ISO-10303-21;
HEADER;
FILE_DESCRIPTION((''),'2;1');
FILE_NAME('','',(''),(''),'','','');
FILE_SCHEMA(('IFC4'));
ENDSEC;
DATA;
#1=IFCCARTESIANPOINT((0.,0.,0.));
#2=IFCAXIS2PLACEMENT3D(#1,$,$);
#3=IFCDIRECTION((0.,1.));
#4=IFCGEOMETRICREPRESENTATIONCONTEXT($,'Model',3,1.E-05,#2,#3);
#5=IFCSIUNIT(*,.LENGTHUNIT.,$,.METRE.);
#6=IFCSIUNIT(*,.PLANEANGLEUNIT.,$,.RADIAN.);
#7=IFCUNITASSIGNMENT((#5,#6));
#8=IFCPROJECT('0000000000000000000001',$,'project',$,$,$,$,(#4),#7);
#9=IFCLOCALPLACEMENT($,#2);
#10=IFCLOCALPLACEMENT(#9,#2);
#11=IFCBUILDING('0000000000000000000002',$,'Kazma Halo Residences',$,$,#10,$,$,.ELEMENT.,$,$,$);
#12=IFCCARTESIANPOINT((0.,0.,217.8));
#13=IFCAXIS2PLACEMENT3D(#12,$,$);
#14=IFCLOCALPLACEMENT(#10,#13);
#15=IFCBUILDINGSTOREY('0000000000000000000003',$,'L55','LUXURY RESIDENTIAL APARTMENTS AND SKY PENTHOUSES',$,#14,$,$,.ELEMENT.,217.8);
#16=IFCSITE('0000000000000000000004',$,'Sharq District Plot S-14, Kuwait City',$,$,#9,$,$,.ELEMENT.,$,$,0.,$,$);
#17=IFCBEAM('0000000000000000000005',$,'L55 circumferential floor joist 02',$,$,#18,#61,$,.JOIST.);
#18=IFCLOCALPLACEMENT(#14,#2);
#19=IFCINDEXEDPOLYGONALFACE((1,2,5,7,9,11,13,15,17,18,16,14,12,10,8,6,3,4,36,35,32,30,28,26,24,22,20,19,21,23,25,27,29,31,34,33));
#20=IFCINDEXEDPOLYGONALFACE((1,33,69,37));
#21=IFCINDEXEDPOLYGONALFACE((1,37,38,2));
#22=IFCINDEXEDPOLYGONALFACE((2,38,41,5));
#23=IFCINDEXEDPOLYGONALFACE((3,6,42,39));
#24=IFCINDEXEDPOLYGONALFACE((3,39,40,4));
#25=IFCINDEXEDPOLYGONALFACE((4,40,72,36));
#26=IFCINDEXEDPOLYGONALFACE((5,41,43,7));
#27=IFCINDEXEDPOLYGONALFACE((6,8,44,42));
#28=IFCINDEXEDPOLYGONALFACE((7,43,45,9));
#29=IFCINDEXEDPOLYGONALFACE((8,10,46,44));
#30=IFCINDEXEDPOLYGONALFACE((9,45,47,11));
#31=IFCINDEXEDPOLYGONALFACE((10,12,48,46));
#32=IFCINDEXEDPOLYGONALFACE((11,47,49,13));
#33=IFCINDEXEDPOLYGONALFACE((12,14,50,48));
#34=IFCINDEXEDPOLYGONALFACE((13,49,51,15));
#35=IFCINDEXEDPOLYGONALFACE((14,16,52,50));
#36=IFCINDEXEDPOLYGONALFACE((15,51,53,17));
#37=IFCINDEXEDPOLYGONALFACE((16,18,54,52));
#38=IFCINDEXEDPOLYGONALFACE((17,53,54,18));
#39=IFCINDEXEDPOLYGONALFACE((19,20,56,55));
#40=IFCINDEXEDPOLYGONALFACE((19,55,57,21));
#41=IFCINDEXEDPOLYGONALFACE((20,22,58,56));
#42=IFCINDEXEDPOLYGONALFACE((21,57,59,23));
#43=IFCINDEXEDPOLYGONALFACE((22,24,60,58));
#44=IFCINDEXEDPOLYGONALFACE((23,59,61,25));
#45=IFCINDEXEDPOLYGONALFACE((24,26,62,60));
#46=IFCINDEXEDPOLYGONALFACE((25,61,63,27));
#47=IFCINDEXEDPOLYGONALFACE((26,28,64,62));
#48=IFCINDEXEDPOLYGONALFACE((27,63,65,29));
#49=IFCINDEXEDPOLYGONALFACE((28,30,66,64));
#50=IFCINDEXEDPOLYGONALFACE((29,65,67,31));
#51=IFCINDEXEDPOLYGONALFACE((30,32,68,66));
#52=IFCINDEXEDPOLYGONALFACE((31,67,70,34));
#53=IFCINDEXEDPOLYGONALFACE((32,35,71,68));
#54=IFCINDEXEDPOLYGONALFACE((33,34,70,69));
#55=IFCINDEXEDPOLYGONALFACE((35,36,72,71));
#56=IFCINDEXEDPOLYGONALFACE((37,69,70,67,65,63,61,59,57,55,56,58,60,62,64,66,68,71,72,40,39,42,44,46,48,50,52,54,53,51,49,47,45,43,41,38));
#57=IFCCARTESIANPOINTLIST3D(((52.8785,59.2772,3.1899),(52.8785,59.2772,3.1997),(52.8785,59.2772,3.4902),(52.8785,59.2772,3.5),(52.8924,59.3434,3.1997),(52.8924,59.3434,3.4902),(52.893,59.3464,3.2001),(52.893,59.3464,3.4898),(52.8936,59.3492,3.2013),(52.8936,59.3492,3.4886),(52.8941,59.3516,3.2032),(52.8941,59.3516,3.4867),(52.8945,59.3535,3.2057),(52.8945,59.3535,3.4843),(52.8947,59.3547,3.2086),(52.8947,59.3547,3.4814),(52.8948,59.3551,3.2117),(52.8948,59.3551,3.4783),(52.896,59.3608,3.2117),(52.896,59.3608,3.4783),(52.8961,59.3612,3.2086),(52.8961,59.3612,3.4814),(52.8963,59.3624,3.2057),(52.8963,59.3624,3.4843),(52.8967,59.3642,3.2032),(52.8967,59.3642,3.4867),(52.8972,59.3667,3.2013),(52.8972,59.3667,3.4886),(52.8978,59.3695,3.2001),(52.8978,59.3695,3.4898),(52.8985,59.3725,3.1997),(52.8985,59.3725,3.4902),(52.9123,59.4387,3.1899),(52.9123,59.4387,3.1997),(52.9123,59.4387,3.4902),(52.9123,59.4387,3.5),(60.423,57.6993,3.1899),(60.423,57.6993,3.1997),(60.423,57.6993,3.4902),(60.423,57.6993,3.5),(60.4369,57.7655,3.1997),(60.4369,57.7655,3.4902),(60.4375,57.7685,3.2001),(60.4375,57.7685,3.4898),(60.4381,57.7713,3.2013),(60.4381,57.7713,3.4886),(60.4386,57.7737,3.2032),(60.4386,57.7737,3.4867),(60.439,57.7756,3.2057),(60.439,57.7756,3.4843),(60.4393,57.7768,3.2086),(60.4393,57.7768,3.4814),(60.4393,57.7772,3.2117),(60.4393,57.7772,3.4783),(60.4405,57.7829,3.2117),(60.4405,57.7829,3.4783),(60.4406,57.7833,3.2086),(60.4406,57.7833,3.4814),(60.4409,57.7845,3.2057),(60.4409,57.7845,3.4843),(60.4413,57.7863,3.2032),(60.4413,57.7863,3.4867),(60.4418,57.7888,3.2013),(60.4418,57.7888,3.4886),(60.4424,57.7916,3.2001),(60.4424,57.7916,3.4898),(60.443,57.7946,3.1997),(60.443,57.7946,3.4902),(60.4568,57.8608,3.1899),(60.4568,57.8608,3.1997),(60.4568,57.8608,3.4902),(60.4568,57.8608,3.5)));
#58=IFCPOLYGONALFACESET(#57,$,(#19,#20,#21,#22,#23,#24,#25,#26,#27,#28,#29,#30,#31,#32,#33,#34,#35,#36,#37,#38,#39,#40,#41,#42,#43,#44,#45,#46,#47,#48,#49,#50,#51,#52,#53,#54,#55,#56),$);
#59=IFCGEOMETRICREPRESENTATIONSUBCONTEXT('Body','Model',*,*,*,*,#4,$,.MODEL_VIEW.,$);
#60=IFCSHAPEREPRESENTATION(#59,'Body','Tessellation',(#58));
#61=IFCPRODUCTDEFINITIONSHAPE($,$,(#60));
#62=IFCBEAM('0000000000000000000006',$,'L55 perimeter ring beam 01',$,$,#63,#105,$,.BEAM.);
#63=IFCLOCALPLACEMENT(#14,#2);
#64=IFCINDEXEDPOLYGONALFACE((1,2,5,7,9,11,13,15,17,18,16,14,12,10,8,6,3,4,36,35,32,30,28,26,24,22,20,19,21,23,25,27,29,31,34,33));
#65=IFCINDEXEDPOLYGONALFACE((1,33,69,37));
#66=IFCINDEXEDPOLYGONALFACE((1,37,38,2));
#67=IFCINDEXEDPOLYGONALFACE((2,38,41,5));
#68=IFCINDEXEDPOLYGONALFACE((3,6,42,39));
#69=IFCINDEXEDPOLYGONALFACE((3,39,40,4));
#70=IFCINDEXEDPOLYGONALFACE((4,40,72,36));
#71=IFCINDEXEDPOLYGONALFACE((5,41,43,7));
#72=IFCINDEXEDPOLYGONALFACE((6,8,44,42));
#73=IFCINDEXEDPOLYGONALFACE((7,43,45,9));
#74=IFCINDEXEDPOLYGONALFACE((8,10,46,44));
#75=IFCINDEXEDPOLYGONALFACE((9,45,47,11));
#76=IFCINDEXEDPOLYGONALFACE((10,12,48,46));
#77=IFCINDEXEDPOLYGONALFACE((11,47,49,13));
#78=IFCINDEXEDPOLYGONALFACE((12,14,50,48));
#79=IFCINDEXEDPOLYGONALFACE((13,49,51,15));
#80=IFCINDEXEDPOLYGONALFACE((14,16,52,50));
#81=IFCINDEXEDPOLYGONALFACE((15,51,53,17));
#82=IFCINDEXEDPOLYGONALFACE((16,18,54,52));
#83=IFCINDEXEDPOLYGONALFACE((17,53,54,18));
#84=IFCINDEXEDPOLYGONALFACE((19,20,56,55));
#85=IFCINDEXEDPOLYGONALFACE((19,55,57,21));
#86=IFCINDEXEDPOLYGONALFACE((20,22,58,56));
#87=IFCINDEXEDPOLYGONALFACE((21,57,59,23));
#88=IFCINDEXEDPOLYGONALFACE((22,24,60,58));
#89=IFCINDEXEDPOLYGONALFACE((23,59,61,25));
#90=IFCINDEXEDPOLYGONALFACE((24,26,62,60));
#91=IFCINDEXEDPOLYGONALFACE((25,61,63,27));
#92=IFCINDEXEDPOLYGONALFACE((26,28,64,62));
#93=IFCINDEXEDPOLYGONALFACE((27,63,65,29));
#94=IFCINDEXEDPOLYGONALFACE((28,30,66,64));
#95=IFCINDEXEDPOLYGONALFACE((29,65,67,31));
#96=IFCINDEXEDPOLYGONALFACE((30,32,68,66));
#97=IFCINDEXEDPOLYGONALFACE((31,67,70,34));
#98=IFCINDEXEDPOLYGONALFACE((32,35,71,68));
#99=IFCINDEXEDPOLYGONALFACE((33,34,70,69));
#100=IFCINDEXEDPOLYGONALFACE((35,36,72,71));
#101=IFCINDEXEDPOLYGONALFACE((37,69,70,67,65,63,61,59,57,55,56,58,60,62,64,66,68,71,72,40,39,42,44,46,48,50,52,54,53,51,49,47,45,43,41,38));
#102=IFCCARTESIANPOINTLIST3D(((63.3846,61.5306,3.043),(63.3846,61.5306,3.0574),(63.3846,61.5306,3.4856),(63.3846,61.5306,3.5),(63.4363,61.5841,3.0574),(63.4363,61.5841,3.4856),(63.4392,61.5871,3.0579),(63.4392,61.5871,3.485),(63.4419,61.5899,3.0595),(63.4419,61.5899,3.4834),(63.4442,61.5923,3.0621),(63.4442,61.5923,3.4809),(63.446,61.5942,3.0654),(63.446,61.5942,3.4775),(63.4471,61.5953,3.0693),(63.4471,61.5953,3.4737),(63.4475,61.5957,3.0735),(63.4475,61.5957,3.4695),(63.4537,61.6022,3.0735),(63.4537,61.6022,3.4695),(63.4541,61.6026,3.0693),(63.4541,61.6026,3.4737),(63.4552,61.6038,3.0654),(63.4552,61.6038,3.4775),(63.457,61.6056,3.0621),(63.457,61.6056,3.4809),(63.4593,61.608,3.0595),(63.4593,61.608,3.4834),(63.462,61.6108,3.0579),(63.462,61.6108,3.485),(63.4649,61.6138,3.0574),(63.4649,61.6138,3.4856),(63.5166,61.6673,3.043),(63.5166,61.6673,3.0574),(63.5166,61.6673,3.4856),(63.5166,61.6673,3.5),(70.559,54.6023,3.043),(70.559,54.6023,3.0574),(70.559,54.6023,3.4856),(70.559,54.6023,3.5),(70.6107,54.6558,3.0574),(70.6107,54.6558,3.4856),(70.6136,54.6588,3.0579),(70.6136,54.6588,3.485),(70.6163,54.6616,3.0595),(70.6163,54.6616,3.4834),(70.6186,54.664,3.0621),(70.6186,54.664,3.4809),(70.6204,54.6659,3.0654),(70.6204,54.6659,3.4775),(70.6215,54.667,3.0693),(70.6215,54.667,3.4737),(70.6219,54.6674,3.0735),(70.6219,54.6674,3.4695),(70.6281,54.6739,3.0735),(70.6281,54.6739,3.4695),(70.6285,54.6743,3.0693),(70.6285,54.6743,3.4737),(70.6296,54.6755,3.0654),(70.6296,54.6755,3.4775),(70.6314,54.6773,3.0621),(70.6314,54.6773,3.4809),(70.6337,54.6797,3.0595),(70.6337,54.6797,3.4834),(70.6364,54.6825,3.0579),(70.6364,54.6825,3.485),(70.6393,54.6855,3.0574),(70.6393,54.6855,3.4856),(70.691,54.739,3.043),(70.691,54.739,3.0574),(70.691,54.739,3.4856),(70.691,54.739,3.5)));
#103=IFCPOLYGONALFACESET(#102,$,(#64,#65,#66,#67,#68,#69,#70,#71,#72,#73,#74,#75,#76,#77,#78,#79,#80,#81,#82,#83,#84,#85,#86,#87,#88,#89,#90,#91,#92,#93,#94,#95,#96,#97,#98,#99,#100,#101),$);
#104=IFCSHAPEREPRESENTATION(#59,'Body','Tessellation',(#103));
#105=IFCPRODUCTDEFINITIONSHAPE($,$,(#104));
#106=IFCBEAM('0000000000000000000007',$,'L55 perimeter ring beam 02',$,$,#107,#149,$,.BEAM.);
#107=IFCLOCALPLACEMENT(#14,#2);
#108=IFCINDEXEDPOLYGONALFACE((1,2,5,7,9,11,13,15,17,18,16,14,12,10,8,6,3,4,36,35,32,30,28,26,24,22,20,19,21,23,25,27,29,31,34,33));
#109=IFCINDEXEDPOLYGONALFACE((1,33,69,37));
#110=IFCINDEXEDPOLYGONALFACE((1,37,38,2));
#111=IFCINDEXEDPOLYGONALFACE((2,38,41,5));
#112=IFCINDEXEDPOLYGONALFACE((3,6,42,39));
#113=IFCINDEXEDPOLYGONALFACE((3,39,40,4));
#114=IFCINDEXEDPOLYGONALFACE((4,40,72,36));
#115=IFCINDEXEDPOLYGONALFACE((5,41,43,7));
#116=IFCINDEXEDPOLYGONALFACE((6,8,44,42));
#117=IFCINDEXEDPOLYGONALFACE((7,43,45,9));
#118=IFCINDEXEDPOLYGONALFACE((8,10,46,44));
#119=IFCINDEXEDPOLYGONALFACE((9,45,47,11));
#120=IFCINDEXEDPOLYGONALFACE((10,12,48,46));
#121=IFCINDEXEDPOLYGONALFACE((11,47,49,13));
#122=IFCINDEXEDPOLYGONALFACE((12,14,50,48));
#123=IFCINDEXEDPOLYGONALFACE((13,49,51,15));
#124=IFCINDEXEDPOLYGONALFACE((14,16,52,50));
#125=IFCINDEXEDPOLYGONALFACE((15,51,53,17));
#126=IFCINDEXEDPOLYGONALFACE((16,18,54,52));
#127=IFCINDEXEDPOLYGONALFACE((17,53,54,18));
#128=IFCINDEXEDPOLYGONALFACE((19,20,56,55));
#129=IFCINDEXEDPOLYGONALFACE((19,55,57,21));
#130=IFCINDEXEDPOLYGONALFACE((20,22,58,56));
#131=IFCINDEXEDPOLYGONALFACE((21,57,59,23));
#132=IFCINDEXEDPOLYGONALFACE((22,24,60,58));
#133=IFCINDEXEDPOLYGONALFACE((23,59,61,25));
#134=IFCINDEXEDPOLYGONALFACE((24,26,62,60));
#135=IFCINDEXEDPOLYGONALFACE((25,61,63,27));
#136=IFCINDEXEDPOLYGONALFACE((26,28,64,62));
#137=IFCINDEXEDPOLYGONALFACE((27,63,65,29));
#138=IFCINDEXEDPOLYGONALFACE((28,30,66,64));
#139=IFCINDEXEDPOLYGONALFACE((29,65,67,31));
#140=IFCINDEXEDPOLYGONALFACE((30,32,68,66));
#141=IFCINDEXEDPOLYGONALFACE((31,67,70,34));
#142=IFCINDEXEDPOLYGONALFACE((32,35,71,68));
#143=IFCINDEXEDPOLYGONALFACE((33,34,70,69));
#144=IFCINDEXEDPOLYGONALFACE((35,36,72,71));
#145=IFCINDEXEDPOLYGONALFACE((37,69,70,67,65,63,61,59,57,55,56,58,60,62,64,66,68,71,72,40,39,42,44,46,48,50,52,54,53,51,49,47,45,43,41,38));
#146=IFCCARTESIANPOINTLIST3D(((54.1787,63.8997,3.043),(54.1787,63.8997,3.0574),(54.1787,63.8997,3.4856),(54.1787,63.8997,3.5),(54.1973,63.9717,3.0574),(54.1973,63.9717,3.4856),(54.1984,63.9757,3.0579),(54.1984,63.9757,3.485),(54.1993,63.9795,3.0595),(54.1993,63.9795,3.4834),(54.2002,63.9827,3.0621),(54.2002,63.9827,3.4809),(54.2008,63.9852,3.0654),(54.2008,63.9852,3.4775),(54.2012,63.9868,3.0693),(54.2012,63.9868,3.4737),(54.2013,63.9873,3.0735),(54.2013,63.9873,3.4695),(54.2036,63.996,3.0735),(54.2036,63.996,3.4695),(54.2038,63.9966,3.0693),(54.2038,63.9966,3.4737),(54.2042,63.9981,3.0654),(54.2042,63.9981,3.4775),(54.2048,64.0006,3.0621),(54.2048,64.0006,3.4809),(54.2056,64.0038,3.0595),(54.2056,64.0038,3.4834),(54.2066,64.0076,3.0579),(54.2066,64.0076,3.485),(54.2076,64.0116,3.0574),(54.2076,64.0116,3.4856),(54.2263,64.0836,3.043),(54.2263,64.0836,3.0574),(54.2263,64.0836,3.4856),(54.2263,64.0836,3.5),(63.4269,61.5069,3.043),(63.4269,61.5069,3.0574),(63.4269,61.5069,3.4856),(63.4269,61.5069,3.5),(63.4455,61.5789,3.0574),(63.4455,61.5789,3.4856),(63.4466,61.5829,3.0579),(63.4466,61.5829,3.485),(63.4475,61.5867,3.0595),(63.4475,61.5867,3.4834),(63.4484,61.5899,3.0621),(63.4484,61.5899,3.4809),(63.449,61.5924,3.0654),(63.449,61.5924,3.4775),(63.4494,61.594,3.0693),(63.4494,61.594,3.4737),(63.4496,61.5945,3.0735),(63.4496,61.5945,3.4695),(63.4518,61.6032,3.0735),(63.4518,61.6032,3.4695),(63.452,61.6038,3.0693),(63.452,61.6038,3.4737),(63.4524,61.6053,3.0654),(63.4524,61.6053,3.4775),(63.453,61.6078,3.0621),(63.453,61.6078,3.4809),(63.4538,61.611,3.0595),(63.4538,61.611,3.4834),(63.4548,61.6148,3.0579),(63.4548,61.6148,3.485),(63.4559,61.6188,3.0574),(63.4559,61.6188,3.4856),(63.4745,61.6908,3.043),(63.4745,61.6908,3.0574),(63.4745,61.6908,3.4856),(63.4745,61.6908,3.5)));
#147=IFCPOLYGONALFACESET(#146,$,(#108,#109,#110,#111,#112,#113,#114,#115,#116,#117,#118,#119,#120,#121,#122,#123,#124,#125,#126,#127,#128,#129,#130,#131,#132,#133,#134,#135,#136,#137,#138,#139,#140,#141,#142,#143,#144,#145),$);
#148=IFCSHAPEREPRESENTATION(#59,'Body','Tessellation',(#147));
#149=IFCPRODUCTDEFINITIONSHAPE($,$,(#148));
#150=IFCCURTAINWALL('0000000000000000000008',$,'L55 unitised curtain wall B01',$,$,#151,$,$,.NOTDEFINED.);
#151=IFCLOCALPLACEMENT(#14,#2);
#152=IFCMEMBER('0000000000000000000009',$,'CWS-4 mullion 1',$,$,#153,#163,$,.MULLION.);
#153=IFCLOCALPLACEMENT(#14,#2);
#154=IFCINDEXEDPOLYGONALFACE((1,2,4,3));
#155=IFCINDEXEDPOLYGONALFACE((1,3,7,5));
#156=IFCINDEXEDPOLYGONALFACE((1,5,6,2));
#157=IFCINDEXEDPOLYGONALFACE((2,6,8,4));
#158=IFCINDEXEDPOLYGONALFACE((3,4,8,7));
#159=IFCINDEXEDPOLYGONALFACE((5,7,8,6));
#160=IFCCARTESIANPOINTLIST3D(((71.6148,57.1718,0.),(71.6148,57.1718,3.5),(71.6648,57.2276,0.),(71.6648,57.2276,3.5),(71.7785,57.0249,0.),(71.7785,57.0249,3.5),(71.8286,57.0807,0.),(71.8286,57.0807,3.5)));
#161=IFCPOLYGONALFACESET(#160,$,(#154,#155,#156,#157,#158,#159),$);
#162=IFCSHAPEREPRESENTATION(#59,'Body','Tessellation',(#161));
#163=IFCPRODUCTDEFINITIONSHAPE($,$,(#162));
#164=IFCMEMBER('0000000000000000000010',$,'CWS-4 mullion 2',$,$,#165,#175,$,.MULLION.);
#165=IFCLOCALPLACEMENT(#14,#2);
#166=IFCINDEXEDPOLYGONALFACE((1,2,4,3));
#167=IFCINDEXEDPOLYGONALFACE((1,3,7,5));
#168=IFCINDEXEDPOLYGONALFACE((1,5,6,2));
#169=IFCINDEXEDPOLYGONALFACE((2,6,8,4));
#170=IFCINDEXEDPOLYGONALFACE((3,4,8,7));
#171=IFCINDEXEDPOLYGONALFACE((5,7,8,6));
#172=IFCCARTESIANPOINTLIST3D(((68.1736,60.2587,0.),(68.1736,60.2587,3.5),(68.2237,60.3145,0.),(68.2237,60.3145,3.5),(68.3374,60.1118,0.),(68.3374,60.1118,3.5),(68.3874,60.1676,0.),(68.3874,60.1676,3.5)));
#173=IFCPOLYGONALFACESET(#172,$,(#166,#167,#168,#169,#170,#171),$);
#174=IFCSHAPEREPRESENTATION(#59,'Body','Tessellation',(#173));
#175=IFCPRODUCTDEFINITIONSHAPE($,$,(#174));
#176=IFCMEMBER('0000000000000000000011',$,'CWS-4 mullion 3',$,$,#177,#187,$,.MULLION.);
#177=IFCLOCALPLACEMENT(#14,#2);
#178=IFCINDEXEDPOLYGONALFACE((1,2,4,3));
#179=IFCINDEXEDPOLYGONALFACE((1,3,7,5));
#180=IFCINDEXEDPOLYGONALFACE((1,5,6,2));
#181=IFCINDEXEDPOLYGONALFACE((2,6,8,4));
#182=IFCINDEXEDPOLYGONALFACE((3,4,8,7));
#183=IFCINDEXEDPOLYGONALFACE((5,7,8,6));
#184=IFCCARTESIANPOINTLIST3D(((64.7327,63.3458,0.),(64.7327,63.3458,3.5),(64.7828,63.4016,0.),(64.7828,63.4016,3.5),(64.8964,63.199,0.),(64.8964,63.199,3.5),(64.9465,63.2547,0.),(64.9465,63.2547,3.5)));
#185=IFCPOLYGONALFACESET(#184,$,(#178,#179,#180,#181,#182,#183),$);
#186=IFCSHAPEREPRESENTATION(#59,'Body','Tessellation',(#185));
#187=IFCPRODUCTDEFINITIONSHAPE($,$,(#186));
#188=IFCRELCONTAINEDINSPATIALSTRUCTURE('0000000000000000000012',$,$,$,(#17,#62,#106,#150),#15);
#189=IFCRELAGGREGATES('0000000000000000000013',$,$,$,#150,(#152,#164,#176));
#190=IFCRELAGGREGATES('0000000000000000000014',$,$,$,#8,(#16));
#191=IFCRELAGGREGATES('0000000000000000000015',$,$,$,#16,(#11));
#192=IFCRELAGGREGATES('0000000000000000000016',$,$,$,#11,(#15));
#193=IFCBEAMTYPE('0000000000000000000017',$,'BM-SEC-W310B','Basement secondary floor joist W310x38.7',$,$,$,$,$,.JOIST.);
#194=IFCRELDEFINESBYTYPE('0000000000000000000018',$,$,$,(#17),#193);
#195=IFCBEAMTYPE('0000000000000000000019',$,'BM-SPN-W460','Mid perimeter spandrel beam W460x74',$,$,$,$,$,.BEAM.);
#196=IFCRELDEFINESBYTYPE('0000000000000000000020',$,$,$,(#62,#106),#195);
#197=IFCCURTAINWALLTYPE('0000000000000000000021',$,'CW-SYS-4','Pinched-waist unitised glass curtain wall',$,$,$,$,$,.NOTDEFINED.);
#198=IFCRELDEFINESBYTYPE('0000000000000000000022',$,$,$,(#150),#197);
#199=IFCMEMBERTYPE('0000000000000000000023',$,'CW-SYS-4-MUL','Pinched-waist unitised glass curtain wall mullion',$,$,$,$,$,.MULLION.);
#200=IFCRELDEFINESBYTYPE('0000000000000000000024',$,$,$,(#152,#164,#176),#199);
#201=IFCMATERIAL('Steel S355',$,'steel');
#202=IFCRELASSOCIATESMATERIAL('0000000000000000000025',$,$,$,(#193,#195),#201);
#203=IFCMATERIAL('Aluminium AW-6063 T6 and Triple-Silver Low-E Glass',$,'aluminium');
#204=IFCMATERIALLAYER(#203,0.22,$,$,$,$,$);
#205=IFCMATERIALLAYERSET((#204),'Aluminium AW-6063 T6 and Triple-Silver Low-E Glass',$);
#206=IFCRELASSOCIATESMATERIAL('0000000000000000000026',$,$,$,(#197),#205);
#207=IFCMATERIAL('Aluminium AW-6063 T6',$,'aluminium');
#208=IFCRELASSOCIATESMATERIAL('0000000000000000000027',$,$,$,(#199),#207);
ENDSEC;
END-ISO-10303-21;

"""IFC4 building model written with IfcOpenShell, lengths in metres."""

from ifc_helpers import new_model, si_unit, direction, frame, origin, origin_2d, place, context, subcontext, project, spatial, rectangle, i_section, extrude, material, layer, layer_set, material_profile, profile_set, type_object, element, aggregate, save


model = new_model("IFC4")

# Units and contexts
model_context = context("Model", 3, precision=1e-05, world=origin(), true_north=direction((0.0, 1.0)))
body_context = subcontext(model_context, "Body", "Model", "MODEL_VIEW")
ifc_project = project(units=[si_unit("LENGTHUNIT", "METRE"), si_unit("PLANEANGLEUNIT", "RADIAN")], contexts=[model_context])

# Site, building, storey
site_placement = place(None, origin())
site = spatial("IfcSite", under=ifc_project, at=site_placement, Name="Sharq District Plot S-14, Kuwait City", CompositionType="ELEMENT", RefElevation=0.0)
building_placement = place(site_placement, origin())
building = spatial("IfcBuilding", under=site, at=building_placement, Name="Kazma Halo Residences", CompositionType="ELEMENT")
storey_placement = place(building_placement, frame((0.0, 0.0, 217.8)))
storey = spatial("IfcBuildingStorey", under=building, at=storey_placement, Name="L55", Description="LUXURY RESIDENTIAL APARTMENTS AND SKY PENTHOUSES", CompositionType="ELEMENT", Elevation=217.8)

# Beams
ifc_material_1 = material(Name="Steel S355", Category="steel")
ifc_material_profile_1 = material_profile(ifc_material_1, i_section(OverallWidth=0.165, OverallDepth=0.3101, WebThickness=0.0059, FlangeThickness=0.0098, FilletRadius=0.012, at=origin_2d()), Name="W310x38.7")
ifc_profile_set_1 = profile_set([ifc_material_profile_1], Name="Steel S355")
beam_type_1 = type_object("IfcBeamType", Name="BM-SEC-W310B", Description="Basement secondary floor joist W310x38.7", PredefinedType="JOIST", material=ifc_profile_set_1)
beam_1_placement = place(storey_placement, frame((60.4399, 57.78, 3.345), z_axis=(-0.978821, 0.204716, 0.0), x_axis=(-0.204716, -0.978821, 0.0)))
element("IfcBeam", 1, at=beam_1_placement, inside=storey, type_object=beam_type_1, Name="L55 circumferential floor joist 02", PredefinedType="JOIST", context=body_context, shape_type="SweptSolid", body=[
    extrude(i_section(OverallWidth=0.165, OverallDepth=0.3101, WebThickness=0.0059, FlangeThickness=0.0098, FilletRadius=0.012, at=origin_2d()), origin(), (0.0, 0.0, 1.0), 7.7078),
])
ifc_material_profile_2 = material_profile(ifc_material_1, i_section(OverallWidth=0.1899, OverallDepth=0.457, WebThickness=0.009, FlangeThickness=0.0144, FilletRadius=0.0161, at=origin_2d()), Name="W460x74")
ifc_profile_set_2 = profile_set([ifc_material_profile_2], Name="Steel S355")
beam_type_2 = type_object("IfcBeamType", Name="BM-SPN-W460", Description="Mid perimeter spandrel beam W460x74", PredefinedType="BEAM", material=ifc_profile_set_2)
beam_2_placement = place(storey_placement, frame((70.625, 54.6707, 3.2715), z_axis=(-0.719337, 0.694662, 0.0), x_axis=(-0.694662, -0.719337, 0.0)))
element("IfcBeam", 2, at=beam_2_placement, inside=storey, type_object=beam_type_2, Name="L55 perimeter ring beam 01", PredefinedType="BEAM", context=body_context, shape_type="SweptSolid", body=[
    extrude(i_section(OverallWidth=0.1899, OverallDepth=0.457, WebThickness=0.009, FlangeThickness=0.0144, FilletRadius=0.0161, at=origin_2d()), origin(), (0.0, 0.0, 1.0), 9.9736),
])
beam_3_placement = place(storey_placement, frame((63.4507, 61.5989, 3.2715), z_axis=(-0.968121, 0.250483, 0.0), x_axis=(-0.250483, -0.968121, 0.0)))
element("IfcBeam", 3, at=beam_3_placement, inside=storey, type_object=beam_type_2, Name="L55 perimeter ring beam 02", PredefinedType="BEAM", context=body_context, shape_type="SweptSolid", body=[
    extrude(i_section(OverallWidth=0.1899, OverallDepth=0.457, WebThickness=0.009, FlangeThickness=0.0144, FilletRadius=0.0161, at=origin_2d()), origin(), (0.0, 0.0, 1.0), 9.5527),
])

# Curtain wall, members
ifc_material_2 = material(Name="Aluminium AW-6063 T6 and Triple-Silver Low-E Glass", Category="aluminium")
ifc_layer_1 = layer(ifc_material_2, 0.22)
ifc_layer_set_1 = layer_set([ifc_layer_1], Name="Aluminium AW-6063 T6 and Triple-Silver Low-E Glass")
curtain_wall_type = type_object("IfcCurtainWallType", Name="CW-SYS-4", Description="Pinched-waist unitised glass curtain wall", PredefinedType="NOTDEFINED", material=ifc_layer_set_1)
curtain_wall_1_placement = place(storey_placement, origin())
curtain_wall_1 = element("IfcCurtainWall", 4, at=curtain_wall_1_placement, inside=storey, type_object=curtain_wall_type, Name="L55 unitised curtain wall B01", PredefinedType="NOTDEFINED")
ifc_material_3 = material(Name="Aluminium AW-6063 T6", Category="aluminium")
ifc_material_profile_3 = material_profile(ifc_material_3, rectangle(XDim=0.075, YDim=0.22, at=origin_2d()), Name="CWM-75x220")
ifc_profile_set_3 = profile_set([ifc_material_profile_3], Name="Aluminium AW-6063 T6")
member_type_1 = type_object("IfcMemberType", Name="CW-SYS-4-MUL", Description="Pinched-waist unitised glass curtain wall mullion", PredefinedType="MULLION", material=ifc_profile_set_3)
member_1_placement = place(storey_placement, frame((71.7217, 57.1262, 0.0), z_axis=(0.0, 0.0, 1.0), x_axis=(-0.667784, -0.744355, 0.0)))
member_1 = element("IfcMember", 5, at=member_1_placement, type_object=member_type_1, Name="CWS-4 mullion 1", PredefinedType="MULLION", context=body_context, shape_type="SweptSolid", body=[
    extrude(rectangle(XDim=0.075, YDim=0.22, at=origin_2d()), origin(), (0.0, 0.0, 1.0), 3.5),
])
member_2_placement = place(storey_placement, frame((68.2805, 60.2131, 0.0), z_axis=(0.0, 0.0, 1.0), x_axis=(-0.667784, -0.744355, 0.0)))
member_2 = element("IfcMember", 6, at=member_2_placement, type_object=member_type_1, Name="CWS-4 mullion 2", PredefinedType="MULLION", context=body_context, shape_type="SweptSolid", body=[
    extrude(rectangle(XDim=0.075, YDim=0.22, at=origin_2d()), origin(), (0.0, 0.0, 1.0), 3.5),
])
member_3_placement = place(storey_placement, frame((64.8396, 63.3003, 0.0), z_axis=(0.0, 0.0, 1.0), x_axis=(-0.667784, -0.744355, 0.0)))
member_3 = element("IfcMember", 7, at=member_3_placement, type_object=member_type_1, Name="CWS-4 mullion 3", PredefinedType="MULLION", context=body_context, shape_type="SweptSolid", body=[
    extrude(rectangle(XDim=0.075, YDim=0.22, at=origin_2d()), origin(), (0.0, 0.0, 1.0), 3.5),
])

aggregate(curtain_wall_1, [member_1, member_2, member_3])

save(model, "model.ifc")
